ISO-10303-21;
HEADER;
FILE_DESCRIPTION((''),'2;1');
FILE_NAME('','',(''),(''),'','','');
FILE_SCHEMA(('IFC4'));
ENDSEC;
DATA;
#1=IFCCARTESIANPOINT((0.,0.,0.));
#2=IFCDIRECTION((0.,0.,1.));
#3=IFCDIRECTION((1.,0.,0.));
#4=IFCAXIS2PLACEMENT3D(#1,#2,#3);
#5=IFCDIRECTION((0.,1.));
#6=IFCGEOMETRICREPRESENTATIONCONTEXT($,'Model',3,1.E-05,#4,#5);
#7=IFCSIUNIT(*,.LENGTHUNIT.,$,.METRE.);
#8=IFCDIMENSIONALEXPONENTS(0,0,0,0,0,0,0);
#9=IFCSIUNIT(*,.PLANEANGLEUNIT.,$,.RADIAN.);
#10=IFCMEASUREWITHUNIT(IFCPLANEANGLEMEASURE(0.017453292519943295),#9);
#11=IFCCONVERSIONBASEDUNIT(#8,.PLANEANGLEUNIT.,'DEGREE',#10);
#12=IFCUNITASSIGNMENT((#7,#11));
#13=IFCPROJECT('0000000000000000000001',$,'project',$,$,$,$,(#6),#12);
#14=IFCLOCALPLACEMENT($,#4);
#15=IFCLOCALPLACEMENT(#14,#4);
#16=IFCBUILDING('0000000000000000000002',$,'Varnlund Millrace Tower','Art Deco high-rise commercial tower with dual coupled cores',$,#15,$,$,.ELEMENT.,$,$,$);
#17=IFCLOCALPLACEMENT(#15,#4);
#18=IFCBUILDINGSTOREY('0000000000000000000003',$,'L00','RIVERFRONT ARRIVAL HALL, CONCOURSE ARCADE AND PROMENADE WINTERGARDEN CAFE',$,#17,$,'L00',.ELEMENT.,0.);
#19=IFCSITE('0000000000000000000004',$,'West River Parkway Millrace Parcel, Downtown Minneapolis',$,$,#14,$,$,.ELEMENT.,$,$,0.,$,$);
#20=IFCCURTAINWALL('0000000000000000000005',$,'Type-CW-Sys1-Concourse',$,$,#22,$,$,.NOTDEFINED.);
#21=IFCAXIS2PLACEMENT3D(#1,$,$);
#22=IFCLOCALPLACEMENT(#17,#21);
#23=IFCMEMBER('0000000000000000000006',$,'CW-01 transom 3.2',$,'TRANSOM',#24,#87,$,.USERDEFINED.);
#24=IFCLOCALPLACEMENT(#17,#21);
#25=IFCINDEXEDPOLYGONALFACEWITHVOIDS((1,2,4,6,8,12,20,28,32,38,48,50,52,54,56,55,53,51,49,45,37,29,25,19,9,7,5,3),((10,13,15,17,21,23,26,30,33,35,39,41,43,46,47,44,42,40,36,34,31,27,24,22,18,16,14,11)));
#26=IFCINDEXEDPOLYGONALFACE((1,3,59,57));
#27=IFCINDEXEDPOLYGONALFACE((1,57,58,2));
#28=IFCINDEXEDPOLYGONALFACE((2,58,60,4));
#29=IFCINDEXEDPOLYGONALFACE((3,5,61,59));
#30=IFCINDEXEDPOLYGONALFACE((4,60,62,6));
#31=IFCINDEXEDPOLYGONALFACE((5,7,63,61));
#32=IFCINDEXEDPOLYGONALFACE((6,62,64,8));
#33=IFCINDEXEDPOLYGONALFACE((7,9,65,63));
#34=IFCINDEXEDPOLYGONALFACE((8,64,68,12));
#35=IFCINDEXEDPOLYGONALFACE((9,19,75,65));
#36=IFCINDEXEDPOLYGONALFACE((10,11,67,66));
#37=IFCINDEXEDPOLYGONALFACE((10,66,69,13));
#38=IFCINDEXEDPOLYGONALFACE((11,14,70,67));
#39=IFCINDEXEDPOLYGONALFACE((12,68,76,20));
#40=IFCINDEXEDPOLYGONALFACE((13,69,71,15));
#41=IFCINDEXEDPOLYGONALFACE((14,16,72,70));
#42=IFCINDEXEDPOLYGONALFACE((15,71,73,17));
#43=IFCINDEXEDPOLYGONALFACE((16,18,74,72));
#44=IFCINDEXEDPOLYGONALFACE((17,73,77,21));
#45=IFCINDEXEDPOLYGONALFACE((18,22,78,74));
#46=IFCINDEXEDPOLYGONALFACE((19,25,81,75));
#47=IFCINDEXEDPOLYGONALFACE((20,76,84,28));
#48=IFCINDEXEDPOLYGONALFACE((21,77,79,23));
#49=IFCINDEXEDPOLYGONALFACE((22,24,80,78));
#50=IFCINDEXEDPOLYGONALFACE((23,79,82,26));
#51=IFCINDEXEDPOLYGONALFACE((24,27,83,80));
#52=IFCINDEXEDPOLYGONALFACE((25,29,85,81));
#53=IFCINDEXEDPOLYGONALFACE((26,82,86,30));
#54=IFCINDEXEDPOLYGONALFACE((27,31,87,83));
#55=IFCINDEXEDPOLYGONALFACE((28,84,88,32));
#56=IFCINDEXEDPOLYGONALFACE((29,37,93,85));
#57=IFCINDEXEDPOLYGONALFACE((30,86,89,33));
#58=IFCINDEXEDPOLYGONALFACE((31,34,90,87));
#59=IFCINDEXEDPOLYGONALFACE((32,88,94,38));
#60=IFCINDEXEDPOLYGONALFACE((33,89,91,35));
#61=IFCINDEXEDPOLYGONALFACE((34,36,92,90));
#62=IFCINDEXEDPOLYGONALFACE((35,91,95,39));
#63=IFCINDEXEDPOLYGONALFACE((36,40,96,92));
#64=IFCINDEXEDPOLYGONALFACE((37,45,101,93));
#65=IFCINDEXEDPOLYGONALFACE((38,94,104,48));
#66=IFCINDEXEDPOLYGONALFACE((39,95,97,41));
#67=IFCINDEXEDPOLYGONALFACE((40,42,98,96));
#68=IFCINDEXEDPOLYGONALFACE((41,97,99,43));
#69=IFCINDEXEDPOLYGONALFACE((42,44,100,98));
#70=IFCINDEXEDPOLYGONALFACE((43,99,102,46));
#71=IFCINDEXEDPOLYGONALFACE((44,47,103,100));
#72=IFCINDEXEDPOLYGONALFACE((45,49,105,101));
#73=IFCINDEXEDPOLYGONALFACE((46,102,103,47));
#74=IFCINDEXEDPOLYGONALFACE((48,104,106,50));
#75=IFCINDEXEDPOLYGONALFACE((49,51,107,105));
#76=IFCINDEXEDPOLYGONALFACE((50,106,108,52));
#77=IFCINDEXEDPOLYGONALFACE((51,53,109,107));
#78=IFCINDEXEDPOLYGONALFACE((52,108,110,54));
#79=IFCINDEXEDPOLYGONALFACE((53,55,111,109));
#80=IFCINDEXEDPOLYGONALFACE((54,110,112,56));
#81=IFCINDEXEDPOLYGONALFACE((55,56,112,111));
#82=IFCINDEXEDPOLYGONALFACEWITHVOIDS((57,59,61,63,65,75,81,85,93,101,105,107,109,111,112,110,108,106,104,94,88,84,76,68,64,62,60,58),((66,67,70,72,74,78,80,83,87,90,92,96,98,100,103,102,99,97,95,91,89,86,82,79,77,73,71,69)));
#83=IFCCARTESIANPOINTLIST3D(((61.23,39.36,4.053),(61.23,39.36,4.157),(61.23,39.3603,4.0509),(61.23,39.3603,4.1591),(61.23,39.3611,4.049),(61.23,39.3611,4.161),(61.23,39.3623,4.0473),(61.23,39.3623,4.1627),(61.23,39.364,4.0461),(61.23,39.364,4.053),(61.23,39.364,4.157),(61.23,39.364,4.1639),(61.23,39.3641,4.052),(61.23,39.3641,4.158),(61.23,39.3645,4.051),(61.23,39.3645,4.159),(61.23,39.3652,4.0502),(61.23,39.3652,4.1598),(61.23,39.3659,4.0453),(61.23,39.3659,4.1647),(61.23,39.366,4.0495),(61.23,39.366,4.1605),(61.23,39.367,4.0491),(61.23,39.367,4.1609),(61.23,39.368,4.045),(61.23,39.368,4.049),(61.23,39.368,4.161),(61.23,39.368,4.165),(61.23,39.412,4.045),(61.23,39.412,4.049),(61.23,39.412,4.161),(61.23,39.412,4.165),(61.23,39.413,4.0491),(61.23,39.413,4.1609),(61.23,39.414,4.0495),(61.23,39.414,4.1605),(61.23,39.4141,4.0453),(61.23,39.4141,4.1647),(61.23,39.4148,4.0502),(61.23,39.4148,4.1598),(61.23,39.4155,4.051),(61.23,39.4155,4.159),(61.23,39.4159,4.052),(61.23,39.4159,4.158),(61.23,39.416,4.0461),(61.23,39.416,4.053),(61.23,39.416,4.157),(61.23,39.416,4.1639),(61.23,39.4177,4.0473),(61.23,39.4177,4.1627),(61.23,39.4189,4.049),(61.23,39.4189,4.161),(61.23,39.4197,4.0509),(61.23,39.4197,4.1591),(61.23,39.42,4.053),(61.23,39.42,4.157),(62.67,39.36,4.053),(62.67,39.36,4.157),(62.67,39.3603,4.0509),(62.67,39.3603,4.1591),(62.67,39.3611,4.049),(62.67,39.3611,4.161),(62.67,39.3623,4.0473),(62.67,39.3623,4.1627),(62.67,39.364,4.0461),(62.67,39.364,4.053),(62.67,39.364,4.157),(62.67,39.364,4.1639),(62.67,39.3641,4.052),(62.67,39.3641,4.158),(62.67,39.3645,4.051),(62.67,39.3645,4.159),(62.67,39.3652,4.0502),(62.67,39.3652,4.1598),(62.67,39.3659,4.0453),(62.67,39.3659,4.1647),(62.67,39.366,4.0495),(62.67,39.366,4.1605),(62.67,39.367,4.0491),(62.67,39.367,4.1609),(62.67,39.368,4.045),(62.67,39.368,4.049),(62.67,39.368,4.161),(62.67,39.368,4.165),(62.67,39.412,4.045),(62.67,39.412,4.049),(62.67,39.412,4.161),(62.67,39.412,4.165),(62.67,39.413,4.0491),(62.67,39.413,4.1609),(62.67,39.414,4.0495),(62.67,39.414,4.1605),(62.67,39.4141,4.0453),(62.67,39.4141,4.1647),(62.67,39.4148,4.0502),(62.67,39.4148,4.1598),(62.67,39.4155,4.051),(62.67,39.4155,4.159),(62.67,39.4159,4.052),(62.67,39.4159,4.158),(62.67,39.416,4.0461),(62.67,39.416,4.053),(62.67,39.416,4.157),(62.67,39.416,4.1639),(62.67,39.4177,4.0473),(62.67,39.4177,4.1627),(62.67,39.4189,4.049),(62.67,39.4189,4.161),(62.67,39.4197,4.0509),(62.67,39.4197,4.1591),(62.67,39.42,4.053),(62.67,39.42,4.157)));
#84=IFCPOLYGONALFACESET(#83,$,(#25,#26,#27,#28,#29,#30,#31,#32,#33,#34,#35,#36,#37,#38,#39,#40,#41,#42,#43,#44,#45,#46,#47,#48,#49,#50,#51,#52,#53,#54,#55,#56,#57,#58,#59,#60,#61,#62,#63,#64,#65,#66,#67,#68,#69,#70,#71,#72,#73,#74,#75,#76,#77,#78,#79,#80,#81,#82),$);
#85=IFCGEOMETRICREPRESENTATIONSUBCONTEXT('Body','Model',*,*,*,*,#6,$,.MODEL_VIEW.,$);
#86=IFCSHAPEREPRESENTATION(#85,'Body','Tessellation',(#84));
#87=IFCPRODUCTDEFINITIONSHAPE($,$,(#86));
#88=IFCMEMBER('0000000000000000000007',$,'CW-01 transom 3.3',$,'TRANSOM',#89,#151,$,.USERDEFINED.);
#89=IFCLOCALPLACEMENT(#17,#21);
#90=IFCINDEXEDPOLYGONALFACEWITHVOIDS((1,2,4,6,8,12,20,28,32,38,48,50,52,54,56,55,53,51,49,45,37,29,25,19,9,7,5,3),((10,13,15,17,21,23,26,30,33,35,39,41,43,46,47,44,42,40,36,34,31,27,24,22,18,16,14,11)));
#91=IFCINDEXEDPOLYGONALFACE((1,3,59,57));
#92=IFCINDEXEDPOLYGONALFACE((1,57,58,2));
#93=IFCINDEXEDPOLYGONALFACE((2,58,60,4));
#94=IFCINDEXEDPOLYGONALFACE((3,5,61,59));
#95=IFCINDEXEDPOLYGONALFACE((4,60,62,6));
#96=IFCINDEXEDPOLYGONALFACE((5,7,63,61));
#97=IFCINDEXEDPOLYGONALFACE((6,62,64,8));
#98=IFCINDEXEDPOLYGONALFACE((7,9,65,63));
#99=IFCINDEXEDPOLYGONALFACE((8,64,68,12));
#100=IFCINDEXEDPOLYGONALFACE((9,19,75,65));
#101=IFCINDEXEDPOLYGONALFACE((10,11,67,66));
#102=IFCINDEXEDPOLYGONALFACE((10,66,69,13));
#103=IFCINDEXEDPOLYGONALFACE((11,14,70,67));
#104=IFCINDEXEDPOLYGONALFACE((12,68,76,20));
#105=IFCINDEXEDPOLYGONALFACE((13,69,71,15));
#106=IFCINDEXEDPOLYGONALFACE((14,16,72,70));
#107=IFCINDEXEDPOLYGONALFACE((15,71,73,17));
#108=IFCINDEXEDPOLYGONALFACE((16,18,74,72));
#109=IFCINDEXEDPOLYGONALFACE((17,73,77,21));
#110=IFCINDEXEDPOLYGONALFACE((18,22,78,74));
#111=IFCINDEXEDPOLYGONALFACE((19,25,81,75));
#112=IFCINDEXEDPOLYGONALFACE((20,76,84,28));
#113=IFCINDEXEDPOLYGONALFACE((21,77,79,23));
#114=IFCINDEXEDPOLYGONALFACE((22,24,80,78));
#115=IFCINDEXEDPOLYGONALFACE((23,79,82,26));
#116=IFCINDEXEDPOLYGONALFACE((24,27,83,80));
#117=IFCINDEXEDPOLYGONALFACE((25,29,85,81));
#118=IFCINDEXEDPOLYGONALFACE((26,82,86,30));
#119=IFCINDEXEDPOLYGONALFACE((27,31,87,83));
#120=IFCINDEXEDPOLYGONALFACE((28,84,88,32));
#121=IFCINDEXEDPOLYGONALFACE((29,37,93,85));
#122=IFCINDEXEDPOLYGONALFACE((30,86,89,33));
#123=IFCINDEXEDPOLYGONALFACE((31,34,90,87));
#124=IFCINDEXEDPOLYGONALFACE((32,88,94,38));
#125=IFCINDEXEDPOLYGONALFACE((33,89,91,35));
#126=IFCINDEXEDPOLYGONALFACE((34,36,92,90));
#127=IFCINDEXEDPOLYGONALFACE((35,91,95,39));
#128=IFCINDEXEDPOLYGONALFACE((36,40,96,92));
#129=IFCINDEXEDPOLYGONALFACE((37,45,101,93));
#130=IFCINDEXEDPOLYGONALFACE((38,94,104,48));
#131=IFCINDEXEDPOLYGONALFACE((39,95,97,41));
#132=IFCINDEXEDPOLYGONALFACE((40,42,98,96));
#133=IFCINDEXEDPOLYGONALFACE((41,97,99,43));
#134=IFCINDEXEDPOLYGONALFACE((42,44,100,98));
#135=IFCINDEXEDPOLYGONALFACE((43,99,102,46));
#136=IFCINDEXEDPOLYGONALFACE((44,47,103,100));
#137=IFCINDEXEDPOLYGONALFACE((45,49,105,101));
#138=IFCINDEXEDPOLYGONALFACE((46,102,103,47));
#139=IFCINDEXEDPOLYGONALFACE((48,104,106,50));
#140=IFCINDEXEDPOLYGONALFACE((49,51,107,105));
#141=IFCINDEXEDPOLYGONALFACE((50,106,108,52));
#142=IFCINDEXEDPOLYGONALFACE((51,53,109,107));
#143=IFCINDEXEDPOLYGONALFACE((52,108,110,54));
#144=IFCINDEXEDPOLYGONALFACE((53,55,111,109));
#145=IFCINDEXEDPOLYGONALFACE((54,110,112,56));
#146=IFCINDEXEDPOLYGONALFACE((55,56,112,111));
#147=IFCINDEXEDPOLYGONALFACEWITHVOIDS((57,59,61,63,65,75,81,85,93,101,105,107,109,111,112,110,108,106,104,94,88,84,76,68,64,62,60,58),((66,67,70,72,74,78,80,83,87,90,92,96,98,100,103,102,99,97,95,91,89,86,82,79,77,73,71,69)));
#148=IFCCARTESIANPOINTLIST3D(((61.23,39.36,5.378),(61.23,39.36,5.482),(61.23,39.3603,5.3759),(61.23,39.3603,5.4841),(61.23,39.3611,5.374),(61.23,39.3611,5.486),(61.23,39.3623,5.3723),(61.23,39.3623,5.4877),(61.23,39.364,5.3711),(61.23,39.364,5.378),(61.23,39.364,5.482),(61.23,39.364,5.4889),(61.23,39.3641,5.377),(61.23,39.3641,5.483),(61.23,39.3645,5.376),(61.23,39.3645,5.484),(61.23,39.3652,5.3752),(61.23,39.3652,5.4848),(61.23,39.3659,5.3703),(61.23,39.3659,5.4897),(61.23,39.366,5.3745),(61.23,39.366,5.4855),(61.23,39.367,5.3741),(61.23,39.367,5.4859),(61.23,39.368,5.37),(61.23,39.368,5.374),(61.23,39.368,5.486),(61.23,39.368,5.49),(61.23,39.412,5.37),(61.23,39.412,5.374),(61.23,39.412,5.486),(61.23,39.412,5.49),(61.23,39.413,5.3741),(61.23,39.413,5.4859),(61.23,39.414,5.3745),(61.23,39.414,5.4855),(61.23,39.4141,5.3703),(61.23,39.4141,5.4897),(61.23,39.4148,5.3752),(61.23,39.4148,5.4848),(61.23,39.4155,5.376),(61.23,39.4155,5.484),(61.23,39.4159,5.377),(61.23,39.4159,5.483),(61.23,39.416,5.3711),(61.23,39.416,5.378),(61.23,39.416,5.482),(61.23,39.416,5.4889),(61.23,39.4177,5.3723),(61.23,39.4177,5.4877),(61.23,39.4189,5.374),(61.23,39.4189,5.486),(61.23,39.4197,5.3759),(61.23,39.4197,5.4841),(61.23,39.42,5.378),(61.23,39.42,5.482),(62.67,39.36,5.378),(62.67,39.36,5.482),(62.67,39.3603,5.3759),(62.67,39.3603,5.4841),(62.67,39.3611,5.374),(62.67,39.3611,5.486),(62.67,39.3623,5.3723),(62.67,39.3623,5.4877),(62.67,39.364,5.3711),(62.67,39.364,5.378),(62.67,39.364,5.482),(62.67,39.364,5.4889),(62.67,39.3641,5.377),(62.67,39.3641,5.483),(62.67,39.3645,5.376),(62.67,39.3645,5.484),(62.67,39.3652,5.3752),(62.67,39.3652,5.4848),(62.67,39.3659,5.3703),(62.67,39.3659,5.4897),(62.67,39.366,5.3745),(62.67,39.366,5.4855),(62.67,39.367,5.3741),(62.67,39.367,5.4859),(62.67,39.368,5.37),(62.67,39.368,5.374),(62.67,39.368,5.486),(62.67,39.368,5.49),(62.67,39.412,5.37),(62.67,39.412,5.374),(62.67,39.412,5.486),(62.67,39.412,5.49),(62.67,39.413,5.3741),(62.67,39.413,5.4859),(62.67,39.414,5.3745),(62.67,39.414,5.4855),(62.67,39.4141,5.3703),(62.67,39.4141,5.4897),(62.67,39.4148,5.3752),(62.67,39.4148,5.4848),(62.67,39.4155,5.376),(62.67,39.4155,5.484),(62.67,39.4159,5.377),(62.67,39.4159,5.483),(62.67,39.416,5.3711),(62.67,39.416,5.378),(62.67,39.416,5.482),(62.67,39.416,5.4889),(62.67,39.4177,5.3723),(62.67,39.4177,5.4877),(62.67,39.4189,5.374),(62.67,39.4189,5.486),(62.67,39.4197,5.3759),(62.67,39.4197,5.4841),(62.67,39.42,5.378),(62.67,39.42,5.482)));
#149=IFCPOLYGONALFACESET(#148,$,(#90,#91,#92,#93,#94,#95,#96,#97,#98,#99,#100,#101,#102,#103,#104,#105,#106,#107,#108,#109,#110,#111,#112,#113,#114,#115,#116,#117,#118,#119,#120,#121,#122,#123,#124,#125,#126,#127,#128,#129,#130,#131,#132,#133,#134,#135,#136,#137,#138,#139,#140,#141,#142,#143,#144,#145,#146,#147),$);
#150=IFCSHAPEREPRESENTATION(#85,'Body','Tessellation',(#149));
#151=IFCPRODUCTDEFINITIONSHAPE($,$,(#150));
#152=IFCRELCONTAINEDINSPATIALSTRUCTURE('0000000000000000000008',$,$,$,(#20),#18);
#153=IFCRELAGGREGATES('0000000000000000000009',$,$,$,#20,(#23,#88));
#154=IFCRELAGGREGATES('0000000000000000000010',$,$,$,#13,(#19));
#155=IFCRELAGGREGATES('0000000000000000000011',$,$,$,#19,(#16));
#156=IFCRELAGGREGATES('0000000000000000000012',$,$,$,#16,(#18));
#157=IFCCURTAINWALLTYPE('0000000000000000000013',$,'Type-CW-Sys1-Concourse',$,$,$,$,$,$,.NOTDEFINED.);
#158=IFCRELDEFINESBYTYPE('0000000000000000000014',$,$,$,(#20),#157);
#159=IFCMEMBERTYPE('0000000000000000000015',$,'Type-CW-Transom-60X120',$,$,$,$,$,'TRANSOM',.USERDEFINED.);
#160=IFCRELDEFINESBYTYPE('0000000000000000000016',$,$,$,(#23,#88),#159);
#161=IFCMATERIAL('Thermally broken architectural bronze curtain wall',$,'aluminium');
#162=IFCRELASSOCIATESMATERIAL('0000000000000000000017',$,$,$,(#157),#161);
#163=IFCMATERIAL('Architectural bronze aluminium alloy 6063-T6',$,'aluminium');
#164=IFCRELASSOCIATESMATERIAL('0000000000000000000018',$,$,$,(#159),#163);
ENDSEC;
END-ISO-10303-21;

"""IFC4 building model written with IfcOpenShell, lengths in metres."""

from ifc_helpers import new_model, entity, si_unit, converted_unit, direction, frame, origin_with_axes, origin_2d_with_axis, place, context, subcontext, project, spatial, hollow_rectangle, extrude, material, material_profile, profile_set, type_object, element, aggregate, save


model = new_model("IFC4")

# Units and contexts
model_context = context("Model", 3, precision=1e-05, world=origin_with_axes(), true_north=direction((0.0, 1.0)))
body_context = subcontext(model_context, "Body", "Model", "MODEL_VIEW")
ifc_project = project(units=[si_unit("LENGTHUNIT", "METRE"), converted_unit("PLANEANGLEUNIT", "DEGREE", entity("IfcPlaneAngleMeasure", 0.017453292519943295), si_unit("PLANEANGLEUNIT", "RADIAN"), dimensions=[0, 0, 0, 0, 0, 0, 0])], contexts=[model_context])

# Site, building, storey
site_placement = place(None, origin_with_axes())
site = spatial("IfcSite", under=ifc_project, at=site_placement, Name="West River Parkway Millrace Parcel, Downtown Minneapolis", CompositionType="ELEMENT", RefElevation=0.0)
building_placement = place(site_placement, origin_with_axes())
building = spatial("IfcBuilding", under=site, at=building_placement, Name="Varnlund Millrace Tower", Description="Art Deco high-rise commercial tower with dual coupled cores", CompositionType="ELEMENT")
storey_placement = place(building_placement, origin_with_axes())
storey = spatial("IfcBuildingStorey", under=building, at=storey_placement, Name="L00", Description="RIVERFRONT ARRIVAL HALL, CONCOURSE ARCADE AND PROMENADE WINTERGARDEN CAFE", LongName="L00", CompositionType="ELEMENT", Elevation=0.0)

# Curtain wall, members
ifc_material_1 = material(Name="Thermally broken architectural bronze curtain wall", Category="aluminium")
curtain_wall_type = type_object("IfcCurtainWallType", Name="Type-CW-Sys1-Concourse", PredefinedType="NOTDEFINED", material=ifc_material_1)
curtain_wall_1_placement = place(storey_placement, frame((58.2, 39.39, 2.75), z_axis=(0.0, 0.0, 1.0), x_axis=(1.0, 0.0, 0.0)))
curtain_wall_1 = element("IfcCurtainWall", 1, at=curtain_wall_1_placement, inside=storey, type_object=curtain_wall_type, Name="Type-CW-Sys1-Concourse", PredefinedType="NOTDEFINED")
ifc_material_2 = material(Name="Architectural bronze aluminium alloy 6063-T6", Category="aluminium")
ifc_material_profile_1 = material_profile(ifc_material_2, hollow_rectangle(XDim=0.06, YDim=0.12, WallThickness=0.004, InnerFilletRadius=0.004, OuterFilletRadius=0.008, at=origin_2d_with_axis()), Name="Architectural bronze aluminium alloy 6063-T6")
ifc_profile_set_1 = profile_set([ifc_material_profile_1], Name="Architectural bronze aluminium alloy 6063-T6")
member_type_1 = type_object("IfcMemberType", Name="Type-CW-Transom-60X120", ElementType="TRANSOM", PredefinedType="USERDEFINED", material=ifc_profile_set_1)
member_1_placement = place(storey_placement, frame((61.23, 39.39, 4.105), z_axis=(1.0, 0.0, 0.0), x_axis=(0.0, 1.0, 0.0)))
member_1 = element("IfcMember", 2, at=member_1_placement, type_object=member_type_1, Name="CW-01 transom 3.2", ObjectType="TRANSOM", PredefinedType="USERDEFINED", context=body_context, shape_type="SweptSolid", body=[
    extrude(hollow_rectangle(XDim=0.06, YDim=0.12, WallThickness=0.004, InnerFilletRadius=0.004, OuterFilletRadius=0.008, at=origin_2d_with_axis()), origin_with_axes(), (0.0, 0.0, 1.0), 1.44),
])
member_2_placement = place(storey_placement, frame((61.23, 39.39, 5.43), z_axis=(1.0, 0.0, 0.0), x_axis=(0.0, 1.0, 0.0)))
member_2 = element("IfcMember", 3, at=member_2_placement, type_object=member_type_1, Name="CW-01 transom 3.3", ObjectType="TRANSOM", PredefinedType="USERDEFINED", context=body_context, shape_type="SweptSolid", body=[
    extrude(hollow_rectangle(XDim=0.06, YDim=0.12, WallThickness=0.004, InnerFilletRadius=0.004, OuterFilletRadius=0.008, at=origin_2d_with_axis()), origin_with_axes(), (0.0, 0.0, 1.0), 1.44),
])

aggregate(curtain_wall_1, [member_1, member_2])

save(model, "model.ifc")
